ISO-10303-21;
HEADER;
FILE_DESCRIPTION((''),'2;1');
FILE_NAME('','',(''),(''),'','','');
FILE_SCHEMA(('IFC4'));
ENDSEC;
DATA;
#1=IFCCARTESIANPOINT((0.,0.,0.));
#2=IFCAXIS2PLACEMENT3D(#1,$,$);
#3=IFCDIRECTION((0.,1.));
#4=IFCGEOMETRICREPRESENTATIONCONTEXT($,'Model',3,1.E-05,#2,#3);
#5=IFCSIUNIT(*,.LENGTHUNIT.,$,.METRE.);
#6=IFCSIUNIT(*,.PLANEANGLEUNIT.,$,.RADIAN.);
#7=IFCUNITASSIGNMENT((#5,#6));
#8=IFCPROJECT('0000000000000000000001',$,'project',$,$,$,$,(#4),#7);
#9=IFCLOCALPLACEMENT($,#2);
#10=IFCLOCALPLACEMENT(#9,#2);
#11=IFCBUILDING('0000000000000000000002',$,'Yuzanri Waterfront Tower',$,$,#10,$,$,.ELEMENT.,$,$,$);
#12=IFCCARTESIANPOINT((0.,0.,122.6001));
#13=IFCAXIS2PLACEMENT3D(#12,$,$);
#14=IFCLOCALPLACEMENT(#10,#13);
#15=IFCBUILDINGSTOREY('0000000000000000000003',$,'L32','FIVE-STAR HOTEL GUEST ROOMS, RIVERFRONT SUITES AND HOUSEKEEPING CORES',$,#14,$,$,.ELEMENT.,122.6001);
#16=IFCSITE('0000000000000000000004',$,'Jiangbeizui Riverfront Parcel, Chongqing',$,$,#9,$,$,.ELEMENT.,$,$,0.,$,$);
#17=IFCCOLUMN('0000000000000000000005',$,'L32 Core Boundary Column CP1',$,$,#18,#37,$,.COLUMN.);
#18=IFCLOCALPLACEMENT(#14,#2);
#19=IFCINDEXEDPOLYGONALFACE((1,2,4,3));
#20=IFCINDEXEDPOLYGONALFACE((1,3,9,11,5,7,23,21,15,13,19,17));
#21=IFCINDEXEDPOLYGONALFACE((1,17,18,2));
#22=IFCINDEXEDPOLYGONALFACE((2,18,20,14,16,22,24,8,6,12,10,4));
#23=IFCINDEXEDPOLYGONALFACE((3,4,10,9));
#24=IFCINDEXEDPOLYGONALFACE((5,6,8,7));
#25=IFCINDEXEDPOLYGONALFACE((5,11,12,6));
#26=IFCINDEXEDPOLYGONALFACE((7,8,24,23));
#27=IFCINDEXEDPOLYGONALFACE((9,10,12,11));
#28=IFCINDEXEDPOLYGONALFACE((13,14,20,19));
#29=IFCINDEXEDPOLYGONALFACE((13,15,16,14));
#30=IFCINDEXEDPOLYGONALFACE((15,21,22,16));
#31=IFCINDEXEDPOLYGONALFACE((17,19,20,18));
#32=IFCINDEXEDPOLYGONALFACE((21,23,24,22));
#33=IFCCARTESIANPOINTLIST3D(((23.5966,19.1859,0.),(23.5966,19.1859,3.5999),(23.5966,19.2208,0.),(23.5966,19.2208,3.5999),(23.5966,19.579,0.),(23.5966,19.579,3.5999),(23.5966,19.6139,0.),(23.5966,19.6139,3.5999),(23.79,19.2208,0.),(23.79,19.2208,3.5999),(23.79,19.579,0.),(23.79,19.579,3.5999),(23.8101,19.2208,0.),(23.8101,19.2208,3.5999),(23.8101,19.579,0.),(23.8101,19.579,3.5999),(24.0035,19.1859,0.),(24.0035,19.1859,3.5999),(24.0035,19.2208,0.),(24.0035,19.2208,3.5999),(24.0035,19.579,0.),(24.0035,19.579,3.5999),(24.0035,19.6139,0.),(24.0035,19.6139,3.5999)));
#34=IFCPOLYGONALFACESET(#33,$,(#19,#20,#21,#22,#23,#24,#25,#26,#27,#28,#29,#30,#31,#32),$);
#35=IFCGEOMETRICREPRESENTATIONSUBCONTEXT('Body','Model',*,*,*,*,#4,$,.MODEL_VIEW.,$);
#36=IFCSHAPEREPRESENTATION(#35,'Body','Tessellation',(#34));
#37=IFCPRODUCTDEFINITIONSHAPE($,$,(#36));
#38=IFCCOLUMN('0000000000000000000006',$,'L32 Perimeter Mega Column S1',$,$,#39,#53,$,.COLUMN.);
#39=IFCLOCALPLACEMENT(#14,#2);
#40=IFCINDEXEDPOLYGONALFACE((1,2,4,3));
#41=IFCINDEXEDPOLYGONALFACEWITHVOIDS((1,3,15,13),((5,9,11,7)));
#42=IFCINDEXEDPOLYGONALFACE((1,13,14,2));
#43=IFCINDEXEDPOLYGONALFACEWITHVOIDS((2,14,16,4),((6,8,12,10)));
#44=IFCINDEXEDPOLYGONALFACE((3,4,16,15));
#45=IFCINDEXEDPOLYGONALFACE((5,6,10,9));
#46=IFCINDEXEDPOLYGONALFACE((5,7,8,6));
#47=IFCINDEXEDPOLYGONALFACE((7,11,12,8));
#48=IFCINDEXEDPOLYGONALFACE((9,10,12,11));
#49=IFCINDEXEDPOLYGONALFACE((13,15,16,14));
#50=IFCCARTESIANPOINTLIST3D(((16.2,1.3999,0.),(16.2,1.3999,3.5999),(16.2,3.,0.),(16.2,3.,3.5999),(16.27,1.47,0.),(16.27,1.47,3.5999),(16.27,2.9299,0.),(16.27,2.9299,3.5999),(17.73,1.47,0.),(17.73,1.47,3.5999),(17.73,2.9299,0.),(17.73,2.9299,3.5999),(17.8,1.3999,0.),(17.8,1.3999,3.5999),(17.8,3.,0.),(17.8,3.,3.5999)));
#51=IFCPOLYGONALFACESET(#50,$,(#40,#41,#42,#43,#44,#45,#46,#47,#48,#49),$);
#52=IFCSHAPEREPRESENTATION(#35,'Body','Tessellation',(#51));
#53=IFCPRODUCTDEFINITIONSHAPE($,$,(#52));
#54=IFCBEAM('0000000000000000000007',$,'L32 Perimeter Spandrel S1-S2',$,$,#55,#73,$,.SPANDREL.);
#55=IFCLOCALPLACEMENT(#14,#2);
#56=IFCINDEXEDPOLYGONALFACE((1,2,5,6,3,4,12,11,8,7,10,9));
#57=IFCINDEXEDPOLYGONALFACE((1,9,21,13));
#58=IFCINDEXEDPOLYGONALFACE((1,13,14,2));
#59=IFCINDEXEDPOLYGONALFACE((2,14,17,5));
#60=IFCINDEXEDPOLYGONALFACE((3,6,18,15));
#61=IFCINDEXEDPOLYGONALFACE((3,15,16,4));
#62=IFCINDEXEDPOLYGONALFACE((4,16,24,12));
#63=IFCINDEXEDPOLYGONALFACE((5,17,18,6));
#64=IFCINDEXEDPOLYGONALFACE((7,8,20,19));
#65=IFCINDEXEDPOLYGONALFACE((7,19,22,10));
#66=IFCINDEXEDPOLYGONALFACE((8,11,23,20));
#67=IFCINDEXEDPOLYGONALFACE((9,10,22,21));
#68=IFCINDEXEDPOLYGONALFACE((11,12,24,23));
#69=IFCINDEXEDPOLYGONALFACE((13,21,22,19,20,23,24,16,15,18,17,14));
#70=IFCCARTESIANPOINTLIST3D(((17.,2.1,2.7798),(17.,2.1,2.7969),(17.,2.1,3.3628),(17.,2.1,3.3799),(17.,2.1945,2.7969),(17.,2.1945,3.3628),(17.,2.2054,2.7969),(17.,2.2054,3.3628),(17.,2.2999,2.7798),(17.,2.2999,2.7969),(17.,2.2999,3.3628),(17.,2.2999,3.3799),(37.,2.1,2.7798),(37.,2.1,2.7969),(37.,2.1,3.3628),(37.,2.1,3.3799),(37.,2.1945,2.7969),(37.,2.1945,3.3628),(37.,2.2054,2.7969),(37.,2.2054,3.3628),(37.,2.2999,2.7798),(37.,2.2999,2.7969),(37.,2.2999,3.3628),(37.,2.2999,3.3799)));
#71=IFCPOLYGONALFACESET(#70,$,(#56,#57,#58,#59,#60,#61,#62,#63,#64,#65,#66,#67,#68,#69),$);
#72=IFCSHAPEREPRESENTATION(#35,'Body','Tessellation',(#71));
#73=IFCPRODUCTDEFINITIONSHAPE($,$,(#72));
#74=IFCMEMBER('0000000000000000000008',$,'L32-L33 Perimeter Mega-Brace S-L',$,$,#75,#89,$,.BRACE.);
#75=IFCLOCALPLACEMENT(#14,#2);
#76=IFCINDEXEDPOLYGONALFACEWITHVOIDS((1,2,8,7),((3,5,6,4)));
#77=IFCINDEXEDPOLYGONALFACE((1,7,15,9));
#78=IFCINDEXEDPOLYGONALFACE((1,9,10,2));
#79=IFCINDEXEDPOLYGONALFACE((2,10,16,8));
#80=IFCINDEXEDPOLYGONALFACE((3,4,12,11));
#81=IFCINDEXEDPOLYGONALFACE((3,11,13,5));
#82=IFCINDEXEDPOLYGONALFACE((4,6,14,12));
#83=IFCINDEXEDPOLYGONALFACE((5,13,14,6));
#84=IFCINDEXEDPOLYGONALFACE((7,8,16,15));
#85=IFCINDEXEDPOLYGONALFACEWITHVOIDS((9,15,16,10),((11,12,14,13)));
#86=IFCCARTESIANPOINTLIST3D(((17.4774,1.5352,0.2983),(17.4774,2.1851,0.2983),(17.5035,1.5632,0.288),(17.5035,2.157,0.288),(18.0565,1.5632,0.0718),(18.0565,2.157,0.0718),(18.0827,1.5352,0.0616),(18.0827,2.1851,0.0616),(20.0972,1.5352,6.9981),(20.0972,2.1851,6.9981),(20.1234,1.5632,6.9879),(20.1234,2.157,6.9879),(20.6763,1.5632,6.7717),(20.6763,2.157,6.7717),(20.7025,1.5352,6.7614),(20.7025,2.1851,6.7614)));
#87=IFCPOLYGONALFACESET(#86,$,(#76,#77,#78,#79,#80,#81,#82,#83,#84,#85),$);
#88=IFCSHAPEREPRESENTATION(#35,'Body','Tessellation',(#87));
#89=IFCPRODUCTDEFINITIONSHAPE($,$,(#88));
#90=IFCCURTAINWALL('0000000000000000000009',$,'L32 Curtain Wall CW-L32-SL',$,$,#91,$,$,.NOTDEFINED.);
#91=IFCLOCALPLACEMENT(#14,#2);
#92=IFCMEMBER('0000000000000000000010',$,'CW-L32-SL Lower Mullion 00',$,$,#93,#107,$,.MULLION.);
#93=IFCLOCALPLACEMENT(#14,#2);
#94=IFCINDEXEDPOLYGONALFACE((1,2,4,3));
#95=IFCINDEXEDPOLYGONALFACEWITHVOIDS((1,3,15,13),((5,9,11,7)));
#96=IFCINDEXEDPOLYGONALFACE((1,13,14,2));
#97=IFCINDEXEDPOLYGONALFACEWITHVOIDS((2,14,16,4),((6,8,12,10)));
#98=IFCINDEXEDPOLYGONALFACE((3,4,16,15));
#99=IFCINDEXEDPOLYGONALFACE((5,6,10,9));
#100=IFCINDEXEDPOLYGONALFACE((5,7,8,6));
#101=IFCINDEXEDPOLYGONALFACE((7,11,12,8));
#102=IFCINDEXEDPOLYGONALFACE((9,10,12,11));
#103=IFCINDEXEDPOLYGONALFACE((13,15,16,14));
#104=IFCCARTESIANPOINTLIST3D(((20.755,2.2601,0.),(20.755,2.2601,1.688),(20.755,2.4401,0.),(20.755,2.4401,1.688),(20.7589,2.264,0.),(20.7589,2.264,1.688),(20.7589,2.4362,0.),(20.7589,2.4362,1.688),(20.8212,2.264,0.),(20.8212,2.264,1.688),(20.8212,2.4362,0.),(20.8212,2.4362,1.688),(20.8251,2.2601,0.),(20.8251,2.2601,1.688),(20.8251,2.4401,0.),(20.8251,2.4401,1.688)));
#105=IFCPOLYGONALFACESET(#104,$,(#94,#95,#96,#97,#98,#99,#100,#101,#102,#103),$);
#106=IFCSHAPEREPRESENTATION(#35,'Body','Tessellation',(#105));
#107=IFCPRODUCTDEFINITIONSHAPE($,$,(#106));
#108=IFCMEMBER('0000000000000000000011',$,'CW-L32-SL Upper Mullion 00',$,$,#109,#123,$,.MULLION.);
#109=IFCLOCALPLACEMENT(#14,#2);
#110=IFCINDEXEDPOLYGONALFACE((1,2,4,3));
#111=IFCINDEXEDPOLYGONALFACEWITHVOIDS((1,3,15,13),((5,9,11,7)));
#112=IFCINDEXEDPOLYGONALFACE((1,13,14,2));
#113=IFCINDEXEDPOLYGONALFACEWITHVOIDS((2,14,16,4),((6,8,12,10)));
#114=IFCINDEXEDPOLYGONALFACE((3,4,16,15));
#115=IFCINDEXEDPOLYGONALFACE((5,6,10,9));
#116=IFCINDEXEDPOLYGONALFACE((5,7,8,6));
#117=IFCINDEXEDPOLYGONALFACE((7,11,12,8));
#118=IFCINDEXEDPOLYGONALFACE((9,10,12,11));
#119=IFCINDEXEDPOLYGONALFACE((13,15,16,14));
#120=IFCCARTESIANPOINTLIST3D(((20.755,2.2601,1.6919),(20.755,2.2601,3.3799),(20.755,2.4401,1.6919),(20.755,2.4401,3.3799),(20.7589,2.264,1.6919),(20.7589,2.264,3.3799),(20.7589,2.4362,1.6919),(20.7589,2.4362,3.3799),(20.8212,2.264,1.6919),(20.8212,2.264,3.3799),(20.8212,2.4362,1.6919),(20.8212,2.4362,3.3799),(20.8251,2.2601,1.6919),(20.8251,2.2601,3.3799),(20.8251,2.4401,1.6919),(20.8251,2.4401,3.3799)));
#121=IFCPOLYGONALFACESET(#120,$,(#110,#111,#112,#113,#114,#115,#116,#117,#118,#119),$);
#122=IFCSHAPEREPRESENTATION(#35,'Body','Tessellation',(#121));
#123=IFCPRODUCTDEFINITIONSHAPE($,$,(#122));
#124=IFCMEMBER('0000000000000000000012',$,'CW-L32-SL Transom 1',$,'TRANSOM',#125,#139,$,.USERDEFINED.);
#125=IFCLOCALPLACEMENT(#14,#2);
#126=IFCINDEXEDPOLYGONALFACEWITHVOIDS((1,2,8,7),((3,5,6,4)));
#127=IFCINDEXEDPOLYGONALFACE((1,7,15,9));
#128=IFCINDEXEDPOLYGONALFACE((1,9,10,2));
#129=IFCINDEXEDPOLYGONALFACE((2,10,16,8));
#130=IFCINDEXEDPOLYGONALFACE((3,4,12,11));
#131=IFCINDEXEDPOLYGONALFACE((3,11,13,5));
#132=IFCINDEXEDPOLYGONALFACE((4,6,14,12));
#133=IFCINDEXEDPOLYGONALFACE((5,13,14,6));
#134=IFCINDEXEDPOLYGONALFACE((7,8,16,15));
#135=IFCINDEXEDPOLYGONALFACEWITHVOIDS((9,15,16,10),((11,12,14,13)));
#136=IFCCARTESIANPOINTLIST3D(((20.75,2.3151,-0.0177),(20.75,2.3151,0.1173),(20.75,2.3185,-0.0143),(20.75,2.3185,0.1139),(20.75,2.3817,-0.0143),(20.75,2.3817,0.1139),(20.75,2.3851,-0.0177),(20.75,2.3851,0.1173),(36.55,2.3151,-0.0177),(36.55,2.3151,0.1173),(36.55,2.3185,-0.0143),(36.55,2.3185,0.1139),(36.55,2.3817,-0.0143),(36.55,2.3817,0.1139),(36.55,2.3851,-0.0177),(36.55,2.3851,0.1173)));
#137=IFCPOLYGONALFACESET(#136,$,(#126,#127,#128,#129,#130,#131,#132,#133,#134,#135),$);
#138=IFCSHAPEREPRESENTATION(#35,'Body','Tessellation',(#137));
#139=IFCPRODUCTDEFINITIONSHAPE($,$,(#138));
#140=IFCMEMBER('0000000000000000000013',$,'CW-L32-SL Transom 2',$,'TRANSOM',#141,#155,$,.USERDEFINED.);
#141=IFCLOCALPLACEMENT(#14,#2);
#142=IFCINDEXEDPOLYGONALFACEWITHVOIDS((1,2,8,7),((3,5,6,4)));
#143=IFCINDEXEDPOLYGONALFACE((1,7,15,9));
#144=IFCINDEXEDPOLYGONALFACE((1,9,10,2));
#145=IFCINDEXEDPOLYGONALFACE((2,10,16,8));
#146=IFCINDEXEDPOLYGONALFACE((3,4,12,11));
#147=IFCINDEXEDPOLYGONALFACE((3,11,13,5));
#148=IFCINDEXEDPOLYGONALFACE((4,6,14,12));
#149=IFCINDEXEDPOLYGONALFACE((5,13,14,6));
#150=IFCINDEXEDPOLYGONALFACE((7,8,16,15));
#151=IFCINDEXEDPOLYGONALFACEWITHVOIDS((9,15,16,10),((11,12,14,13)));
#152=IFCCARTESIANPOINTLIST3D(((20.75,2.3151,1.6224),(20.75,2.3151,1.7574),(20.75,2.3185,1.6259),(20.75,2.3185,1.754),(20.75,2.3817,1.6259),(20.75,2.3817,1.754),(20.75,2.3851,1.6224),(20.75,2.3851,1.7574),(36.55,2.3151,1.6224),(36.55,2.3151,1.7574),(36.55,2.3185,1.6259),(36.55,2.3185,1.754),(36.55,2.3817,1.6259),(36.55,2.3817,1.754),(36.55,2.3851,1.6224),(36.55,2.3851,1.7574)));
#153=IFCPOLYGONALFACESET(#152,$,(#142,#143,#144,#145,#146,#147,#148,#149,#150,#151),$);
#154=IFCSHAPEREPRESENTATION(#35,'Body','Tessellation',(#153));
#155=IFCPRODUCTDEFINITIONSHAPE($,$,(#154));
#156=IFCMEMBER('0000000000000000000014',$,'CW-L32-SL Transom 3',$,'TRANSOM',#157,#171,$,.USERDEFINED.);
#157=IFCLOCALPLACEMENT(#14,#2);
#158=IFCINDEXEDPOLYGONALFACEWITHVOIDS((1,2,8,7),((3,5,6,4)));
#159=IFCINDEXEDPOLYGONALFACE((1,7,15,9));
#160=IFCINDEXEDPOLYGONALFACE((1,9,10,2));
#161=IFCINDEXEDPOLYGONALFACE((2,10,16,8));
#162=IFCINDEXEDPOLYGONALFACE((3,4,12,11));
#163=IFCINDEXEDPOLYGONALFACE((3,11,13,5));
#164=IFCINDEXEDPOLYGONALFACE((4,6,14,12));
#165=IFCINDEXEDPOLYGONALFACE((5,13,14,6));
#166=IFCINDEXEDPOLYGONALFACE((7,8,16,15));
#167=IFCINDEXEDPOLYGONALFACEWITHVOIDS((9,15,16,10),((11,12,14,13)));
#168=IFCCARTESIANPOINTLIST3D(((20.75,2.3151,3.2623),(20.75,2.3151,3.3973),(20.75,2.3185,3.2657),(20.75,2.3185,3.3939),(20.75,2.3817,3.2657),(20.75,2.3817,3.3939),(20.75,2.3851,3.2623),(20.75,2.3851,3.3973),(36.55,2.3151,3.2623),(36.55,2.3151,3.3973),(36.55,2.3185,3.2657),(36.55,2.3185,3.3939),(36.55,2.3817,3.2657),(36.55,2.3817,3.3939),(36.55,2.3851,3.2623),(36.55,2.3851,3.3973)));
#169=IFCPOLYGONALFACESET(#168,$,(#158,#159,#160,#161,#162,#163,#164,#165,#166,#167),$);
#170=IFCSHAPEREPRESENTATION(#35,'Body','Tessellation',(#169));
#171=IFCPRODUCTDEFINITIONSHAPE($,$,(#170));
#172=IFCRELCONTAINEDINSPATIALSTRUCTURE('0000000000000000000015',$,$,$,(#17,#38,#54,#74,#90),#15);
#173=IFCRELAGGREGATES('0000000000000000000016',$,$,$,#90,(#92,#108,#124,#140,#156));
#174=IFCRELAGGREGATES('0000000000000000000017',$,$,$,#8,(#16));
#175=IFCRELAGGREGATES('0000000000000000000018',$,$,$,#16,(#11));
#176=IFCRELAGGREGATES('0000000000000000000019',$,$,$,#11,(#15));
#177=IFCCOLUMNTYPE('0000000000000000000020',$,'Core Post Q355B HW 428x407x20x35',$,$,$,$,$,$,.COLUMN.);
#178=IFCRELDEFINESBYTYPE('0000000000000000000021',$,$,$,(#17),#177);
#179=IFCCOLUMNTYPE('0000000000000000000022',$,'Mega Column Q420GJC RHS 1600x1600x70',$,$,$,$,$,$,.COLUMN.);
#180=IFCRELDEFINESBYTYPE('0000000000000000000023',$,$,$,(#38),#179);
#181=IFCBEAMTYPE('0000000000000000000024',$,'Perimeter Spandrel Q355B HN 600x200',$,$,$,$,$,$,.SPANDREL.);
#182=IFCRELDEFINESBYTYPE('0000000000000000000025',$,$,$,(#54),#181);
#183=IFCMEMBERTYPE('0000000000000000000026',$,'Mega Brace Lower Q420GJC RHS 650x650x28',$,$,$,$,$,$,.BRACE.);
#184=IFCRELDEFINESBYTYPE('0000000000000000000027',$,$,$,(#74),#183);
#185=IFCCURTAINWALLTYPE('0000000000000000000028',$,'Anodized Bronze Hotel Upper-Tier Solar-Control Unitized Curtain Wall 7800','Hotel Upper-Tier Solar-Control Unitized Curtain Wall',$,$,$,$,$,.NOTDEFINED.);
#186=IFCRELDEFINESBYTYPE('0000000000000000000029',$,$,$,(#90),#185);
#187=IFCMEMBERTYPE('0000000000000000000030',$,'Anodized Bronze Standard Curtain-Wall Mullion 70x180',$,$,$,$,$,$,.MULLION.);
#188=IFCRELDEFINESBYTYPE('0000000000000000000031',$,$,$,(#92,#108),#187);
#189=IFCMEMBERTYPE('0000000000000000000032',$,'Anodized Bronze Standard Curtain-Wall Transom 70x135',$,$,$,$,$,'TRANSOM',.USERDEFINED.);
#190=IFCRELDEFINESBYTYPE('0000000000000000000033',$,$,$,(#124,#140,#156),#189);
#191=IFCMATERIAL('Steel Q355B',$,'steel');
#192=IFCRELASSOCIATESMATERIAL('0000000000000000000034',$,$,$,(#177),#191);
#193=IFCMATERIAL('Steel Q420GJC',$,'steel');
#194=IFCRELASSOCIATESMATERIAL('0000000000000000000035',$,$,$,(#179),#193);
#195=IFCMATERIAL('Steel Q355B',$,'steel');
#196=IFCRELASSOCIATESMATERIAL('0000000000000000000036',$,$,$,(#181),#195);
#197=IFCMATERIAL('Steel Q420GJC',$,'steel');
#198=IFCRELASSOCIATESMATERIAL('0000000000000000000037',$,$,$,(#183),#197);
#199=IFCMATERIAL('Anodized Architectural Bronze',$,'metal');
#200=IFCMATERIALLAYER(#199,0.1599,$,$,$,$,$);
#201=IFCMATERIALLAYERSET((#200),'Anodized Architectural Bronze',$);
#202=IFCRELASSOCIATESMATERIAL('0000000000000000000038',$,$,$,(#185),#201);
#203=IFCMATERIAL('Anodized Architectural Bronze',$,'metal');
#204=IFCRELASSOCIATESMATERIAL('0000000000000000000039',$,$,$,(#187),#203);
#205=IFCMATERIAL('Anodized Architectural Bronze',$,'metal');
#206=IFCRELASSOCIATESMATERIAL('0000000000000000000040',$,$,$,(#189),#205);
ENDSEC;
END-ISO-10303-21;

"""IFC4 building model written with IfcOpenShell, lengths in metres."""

from ifc_helpers import new_model, si_unit, direction, frame, origin, origin_2d, place, context, subcontext, project, spatial, hollow_rectangle, i_section, extrude, source, transform, mapped, material, layer, layer_set, material_profile, profile_set, type_object, element, aggregate, save


model = new_model("IFC4")

# Units and contexts
model_context = context("Model", 3, precision=1e-05, world=origin(), true_north=direction((0.0, 1.0)))
body_context = subcontext(model_context, "Body", "Model", "MODEL_VIEW")
ifc_project = project(units=[si_unit("LENGTHUNIT", "METRE"), si_unit("PLANEANGLEUNIT", "RADIAN")], contexts=[model_context])

# Site, building, storey
site_placement = place(None, origin())
site = spatial("IfcSite", under=ifc_project, at=site_placement, Name="Jiangbeizui Riverfront Parcel, Chongqing", CompositionType="ELEMENT", RefElevation=0.0)
building_placement = place(site_placement, origin())
building = spatial("IfcBuilding", under=site, at=building_placement, Name="Yuzanri Waterfront Tower", CompositionType="ELEMENT")
storey_placement = place(building_placement, frame((0.0, 0.0, 122.6001)))
storey = spatial("IfcBuildingStorey", under=building, at=storey_placement, Name="L32", Description="FIVE-STAR HOTEL GUEST ROOMS, RIVERFRONT SUITES AND HOUSEKEEPING CORES", CompositionType="ELEMENT", Elevation=122.6001)

# Columns
ifc_material_1 = material(Name="Steel Q355B", Category="steel")
ifc_material_profile_1 = material_profile(ifc_material_1, i_section(OverallWidth=0.407, OverallDepth=0.428, WebThickness=0.02, FlangeThickness=0.0349, at=origin_2d()), Name="HW 428x407x20x35")
ifc_profile_set_1 = profile_set([ifc_material_profile_1], Name="Steel Q355B")
column_type_1 = type_object("IfcColumnType", Name="Core Post Q355B HW 428x407x20x35", PredefinedType="COLUMN", material=ifc_profile_set_1)
shared_shape_1 = source(origin(), body_context, "Body", "SweptSolid", [
    extrude(i_section(OverallWidth=0.407, OverallDepth=0.428, WebThickness=0.02, FlangeThickness=0.0349, at=origin_2d()), origin(), (0.0, 0.0, 1.0), 3.5999),
])
column_1_placement = place(storey_placement, frame((23.8, 19.3999, 0.0), z_axis=(0.0, 0.0, 1.0), x_axis=(1.0, 0.0, 0.0)))
element("IfcColumn", 1, at=column_1_placement, inside=storey, type_object=column_type_1, Name="L32 Core Boundary Column CP1", PredefinedType="COLUMN", context=body_context, shape_type="MappedRepresentation", body=[
    mapped(shared_shape_1, transform((0.0, 0.0, 0.0), scale=1.0)),
])
ifc_material_2 = material(Name="Steel Q420GJC", Category="steel")
ifc_material_profile_2 = material_profile(ifc_material_2, hollow_rectangle(XDim=1.6001, YDim=1.6001, WallThickness=0.0701, at=origin_2d()), Name="RHS 1600x1600x70")
ifc_profile_set_2 = profile_set([ifc_material_profile_2], Name="Steel Q420GJC")
column_type_2 = type_object("IfcColumnType", Name="Mega Column Q420GJC RHS 1600x1600x70", PredefinedType="COLUMN", material=ifc_profile_set_2)
shared_shape_2 = source(origin(), body_context, "Body", "SweptSolid", [
    extrude(hollow_rectangle(XDim=1.6001, YDim=1.6001, WallThickness=0.0701, at=origin_2d()), origin(), (0.0, 0.0, 1.0), 3.5999),
])
column_2_placement = place(storey_placement, frame((17.0, 2.2, 0.0), z_axis=(0.0, 0.0, 1.0), x_axis=(1.0, 0.0, 0.0)))
element("IfcColumn", 2, at=column_2_placement, inside=storey, type_object=column_type_2, Name="L32 Perimeter Mega Column S1", PredefinedType="COLUMN", context=body_context, shape_type="MappedRepresentation", body=[
    mapped(shared_shape_2, transform((0.0, 0.0, 0.0), scale=1.0)),
])

# Beam
ifc_material_3 = material(Name="Steel Q355B", Category="steel")
ifc_material_profile_3 = material_profile(ifc_material_3, i_section(OverallWidth=0.2, OverallDepth=0.6001, WebThickness=0.011, FlangeThickness=0.0171, at=origin_2d()), Name="HN 600x200x11x17")
ifc_profile_set_3 = profile_set([ifc_material_profile_3], Name="Steel Q355B")
beam_type = type_object("IfcBeamType", Name="Perimeter Spandrel Q355B HN 600x200", PredefinedType="SPANDREL", material=ifc_profile_set_3)
shared_shape_3 = source(origin(), body_context, "Body", "SweptSolid", [
    extrude(i_section(OverallWidth=0.2, OverallDepth=0.6001, WebThickness=0.011, FlangeThickness=0.0171, at=origin_2d()), origin(), (0.0, 0.0, 1.0), 20.0),
])
beam_placement = place(storey_placement, frame((17.0, 2.2, 3.0798), z_axis=(1.0, 0.0, 0.0), x_axis=(0.0, 1.0, 0.0)))
element("IfcBeam", 3, at=beam_placement, inside=storey, type_object=beam_type, Name="L32 Perimeter Spandrel S1-S2", PredefinedType="SPANDREL", context=body_context, shape_type="MappedRepresentation", body=[
    mapped(shared_shape_3, transform((0.0, 0.0, 0.0), scale=1.0)),
])

# Member
ifc_material_4 = material(Name="Steel Q420GJC", Category="steel")
ifc_material_profile_4 = material_profile(ifc_material_4, hollow_rectangle(XDim=0.6499, YDim=0.6499, WallThickness=0.0281, at=origin_2d()), Name="RHS 650x650x28")
ifc_profile_set_4 = profile_set([ifc_material_profile_4], Name="Steel Q420GJC")
member_type_1 = type_object("IfcMemberType", Name="Mega Brace Lower Q420GJC RHS 650x650x28", PredefinedType="BRACE", material=ifc_profile_set_4)
shared_shape_4 = source(origin(), body_context, "Body", "SweptSolid", [
    extrude(hollow_rectangle(XDim=0.6499, YDim=0.6499, WallThickness=0.0281, at=origin_2d()), origin(), (0.0, 0.0, 1.0), 7.1938),
])
member_1_placement = place(storey_placement, frame((17.78, 1.8601, 0.1799), z_axis=(0.364177, 0.0, 0.93133), x_axis=(0.0, 1.0, 0.0)))
element("IfcMember", 4, at=member_1_placement, inside=storey, type_object=member_type_1, Name="L32-L33 Perimeter Mega-Brace S-L", PredefinedType="BRACE", context=body_context, shape_type="MappedRepresentation", body=[
    mapped(shared_shape_4, transform((0.0, 0.0, 0.0), scale=1.0)),
])

# Curtain wall, members
ifc_material_5 = material(Name="Anodized Architectural Bronze", Category="metal")
ifc_layer_1 = layer(ifc_material_5, 0.1599)
ifc_layer_set_1 = layer_set([ifc_layer_1], Name="Anodized Architectural Bronze")
curtain_wall_type = type_object("IfcCurtainWallType", Name="Anodized Bronze Hotel Upper-Tier Solar-Control Unitized Curtain Wall 7800", Description="Hotel Upper-Tier Solar-Control Unitized Curtain Wall", PredefinedType="NOTDEFINED", material=ifc_layer_set_1)
curtain_wall_1_placement = place(storey_placement, origin())
curtain_wall_1 = element("IfcCurtainWall", 5, at=curtain_wall_1_placement, inside=storey, type_object=curtain_wall_type, Name="L32 Curtain Wall CW-L32-SL", PredefinedType="NOTDEFINED")
ifc_material_6 = material(Name="Anodized Architectural Bronze", Category="metal")
ifc_material_profile_5 = material_profile(ifc_material_6, hollow_rectangle(XDim=0.0701, YDim=0.1799, WallThickness=0.0039, at=origin_2d()), Name="CWM 70x180")
ifc_profile_set_5 = profile_set([ifc_material_profile_5], Name="Anodized Architectural Bronze")
member_type_2 = type_object("IfcMemberType", Name="Anodized Bronze Standard Curtain-Wall Mullion 70x180", PredefinedType="MULLION", material=ifc_profile_set_5)
shared_shape_5 = source(origin(), body_context, "Body", "SweptSolid", [
    extrude(hollow_rectangle(XDim=0.0701, YDim=0.1799, WallThickness=0.0039, at=origin_2d()), origin(), (0.0, 0.0, 1.0), 1.688),
])
member_2_placement = place(storey_placement, frame((20.79, 2.3501, 0.0), z_axis=(0.0, 0.0, 1.0), x_axis=(1.0, 0.0, 0.0)))
member_2 = element("IfcMember", 6, at=member_2_placement, type_object=member_type_2, Name="CW-L32-SL Lower Mullion 00", PredefinedType="MULLION", context=body_context, shape_type="MappedRepresentation", body=[
    mapped(shared_shape_5, transform((0.0, 0.0, 0.0), scale=1.0)),
])
member_3_placement = place(storey_placement, frame((20.79, 2.3501, 1.6919), z_axis=(0.0, 0.0, 1.0), x_axis=(1.0, 0.0, 0.0)))
member_3 = element("IfcMember", 7, at=member_3_placement, type_object=member_type_2, Name="CW-L32-SL Upper Mullion 00", PredefinedType="MULLION", context=body_context, shape_type="MappedRepresentation", body=[
    mapped(shared_shape_5, transform((0.0, 0.0, 0.0), scale=1.0)),
])
ifc_material_7 = material(Name="Anodized Architectural Bronze", Category="metal")
ifc_material_profile_6 = material_profile(ifc_material_7, hollow_rectangle(XDim=0.0701, YDim=0.135, WallThickness=0.0034, at=origin_2d()), Name="CWT 70x135")
ifc_profile_set_6 = profile_set([ifc_material_profile_6], Name="Anodized Architectural Bronze")
member_type_3 = type_object("IfcMemberType", Name="Anodized Bronze Standard Curtain-Wall Transom 70x135", ElementType="TRANSOM", PredefinedType="USERDEFINED", material=ifc_profile_set_6)
shared_shape_6 = source(origin(), body_context, "Body", "SweptSolid", [
    extrude(hollow_rectangle(XDim=0.0701, YDim=0.135, WallThickness=0.0034, at=origin_2d()), origin(), (0.0, 0.0, 1.0), 15.8),
])
member_4_placement = place(storey_placement, frame((20.75, 2.3501, 0.0498), z_axis=(1.0, 0.0, 0.0), x_axis=(0.0, 1.0, 0.0)))
member_4 = element("IfcMember", 8, at=member_4_placement, type_object=member_type_3, Name="CW-L32-SL Transom 1", ObjectType="TRANSOM", PredefinedType="USERDEFINED", context=body_context, shape_type="MappedRepresentation", body=[
    mapped(shared_shape_6, transform((0.0, 0.0, 0.0), scale=1.0)),
])
member_5_placement = place(storey_placement, frame((20.75, 2.3501, 1.6899), z_axis=(1.0, 0.0, 0.0), x_axis=(0.0, 1.0, 0.0)))
member_5 = element("IfcMember", 9, at=member_5_placement, type_object=member_type_3, Name="CW-L32-SL Transom 2", ObjectType="TRANSOM", PredefinedType="USERDEFINED", context=body_context, shape_type="MappedRepresentation", body=[
    mapped(shared_shape_6, transform((0.0, 0.0, 0.0), scale=1.0)),
])
member_6_placement = place(storey_placement, frame((20.75, 2.3501, 3.3298), z_axis=(1.0, 0.0, 0.0), x_axis=(0.0, 1.0, 0.0)))
member_6 = element("IfcMember", 10, at=member_6_placement, type_object=member_type_3, Name="CW-L32-SL Transom 3", ObjectType="TRANSOM", PredefinedType="USERDEFINED", context=body_context, shape_type="MappedRepresentation", body=[
    mapped(shared_shape_6, transform((0.0, 0.0, 0.0), scale=1.0)),
])
aggregate(curtain_wall_1, [member_2, member_3, member_4, member_5, member_6])

save(model, "model.ifc")
